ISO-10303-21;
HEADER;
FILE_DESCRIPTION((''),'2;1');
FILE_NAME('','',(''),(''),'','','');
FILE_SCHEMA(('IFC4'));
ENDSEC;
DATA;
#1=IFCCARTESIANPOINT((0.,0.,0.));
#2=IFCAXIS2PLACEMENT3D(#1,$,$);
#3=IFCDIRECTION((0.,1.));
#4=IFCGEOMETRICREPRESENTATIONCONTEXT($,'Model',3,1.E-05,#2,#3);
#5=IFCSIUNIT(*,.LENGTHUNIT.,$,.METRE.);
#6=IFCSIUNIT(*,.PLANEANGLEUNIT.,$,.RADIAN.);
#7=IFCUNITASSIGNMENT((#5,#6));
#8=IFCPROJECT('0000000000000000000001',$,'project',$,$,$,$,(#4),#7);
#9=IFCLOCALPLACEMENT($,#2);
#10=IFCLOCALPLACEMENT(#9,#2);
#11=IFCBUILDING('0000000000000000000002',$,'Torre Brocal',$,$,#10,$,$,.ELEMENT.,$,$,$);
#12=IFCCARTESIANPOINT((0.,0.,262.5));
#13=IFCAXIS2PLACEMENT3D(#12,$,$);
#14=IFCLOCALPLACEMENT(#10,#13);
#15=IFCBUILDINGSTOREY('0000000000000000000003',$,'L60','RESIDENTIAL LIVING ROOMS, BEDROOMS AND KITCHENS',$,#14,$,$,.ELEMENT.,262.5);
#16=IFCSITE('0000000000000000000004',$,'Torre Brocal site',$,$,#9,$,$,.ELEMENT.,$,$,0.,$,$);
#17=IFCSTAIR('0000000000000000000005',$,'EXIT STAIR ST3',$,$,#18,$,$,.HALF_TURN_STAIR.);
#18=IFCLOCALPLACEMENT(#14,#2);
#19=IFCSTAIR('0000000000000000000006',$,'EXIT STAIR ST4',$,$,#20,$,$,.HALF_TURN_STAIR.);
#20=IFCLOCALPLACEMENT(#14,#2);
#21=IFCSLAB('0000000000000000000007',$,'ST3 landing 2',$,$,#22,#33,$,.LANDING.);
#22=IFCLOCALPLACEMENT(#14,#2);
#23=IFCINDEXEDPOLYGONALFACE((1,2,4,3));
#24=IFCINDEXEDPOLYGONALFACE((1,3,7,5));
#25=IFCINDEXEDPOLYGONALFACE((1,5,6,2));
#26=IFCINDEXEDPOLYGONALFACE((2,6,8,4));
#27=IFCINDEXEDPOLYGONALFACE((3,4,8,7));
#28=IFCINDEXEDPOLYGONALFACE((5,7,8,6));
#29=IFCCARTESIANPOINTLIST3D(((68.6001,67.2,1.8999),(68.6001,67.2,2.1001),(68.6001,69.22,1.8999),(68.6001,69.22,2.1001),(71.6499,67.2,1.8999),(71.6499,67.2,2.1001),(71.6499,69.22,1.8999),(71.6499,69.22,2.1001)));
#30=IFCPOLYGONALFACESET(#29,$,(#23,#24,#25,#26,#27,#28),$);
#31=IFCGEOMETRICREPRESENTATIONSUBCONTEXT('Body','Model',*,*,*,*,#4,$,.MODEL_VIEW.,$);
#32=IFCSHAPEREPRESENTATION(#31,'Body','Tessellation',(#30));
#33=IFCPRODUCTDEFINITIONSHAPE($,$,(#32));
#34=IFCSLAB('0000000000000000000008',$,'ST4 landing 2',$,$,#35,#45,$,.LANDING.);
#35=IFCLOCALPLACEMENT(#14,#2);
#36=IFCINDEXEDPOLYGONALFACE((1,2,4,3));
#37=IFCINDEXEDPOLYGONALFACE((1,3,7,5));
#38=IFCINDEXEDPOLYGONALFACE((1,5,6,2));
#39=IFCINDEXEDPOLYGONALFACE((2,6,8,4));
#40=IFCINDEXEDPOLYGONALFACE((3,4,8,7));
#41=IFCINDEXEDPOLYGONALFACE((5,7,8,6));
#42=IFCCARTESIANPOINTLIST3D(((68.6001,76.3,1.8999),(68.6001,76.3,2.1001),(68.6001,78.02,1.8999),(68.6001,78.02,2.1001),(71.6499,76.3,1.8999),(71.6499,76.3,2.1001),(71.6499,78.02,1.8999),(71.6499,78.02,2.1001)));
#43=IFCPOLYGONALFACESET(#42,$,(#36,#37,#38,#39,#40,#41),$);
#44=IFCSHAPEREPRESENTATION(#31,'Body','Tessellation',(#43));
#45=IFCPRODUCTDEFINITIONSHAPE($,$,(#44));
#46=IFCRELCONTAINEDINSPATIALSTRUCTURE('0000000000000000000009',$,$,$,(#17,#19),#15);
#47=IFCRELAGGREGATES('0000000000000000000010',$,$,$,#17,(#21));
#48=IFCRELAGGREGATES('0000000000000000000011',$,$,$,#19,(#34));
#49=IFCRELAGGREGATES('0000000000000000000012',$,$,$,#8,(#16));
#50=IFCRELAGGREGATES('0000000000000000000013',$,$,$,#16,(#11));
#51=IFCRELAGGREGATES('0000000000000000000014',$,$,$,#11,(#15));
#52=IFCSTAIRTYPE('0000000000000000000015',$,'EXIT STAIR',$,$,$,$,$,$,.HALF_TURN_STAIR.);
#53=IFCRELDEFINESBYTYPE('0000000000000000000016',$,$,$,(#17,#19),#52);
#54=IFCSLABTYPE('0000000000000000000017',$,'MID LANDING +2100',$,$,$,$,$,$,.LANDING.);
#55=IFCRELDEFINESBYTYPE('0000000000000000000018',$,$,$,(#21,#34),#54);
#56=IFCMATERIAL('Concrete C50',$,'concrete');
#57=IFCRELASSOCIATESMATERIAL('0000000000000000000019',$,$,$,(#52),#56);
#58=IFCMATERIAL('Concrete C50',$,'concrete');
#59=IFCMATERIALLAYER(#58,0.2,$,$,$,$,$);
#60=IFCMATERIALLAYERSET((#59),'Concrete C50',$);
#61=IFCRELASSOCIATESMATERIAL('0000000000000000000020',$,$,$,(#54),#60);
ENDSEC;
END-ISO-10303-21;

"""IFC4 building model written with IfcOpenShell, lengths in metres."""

from ifc_helpers import new_model, si_unit, direction, frame, origin, place, context, subcontext, project, spatial, polyline, outline, extrude, material, layer, layer_set, type_object, element, aggregate, save


model = new_model("IFC4")

# Units and contexts
model_context = context("Model", 3, precision=1e-05, world=origin(), true_north=direction((0.0, 1.0)))
body_context = subcontext(model_context, "Body", "Model", "MODEL_VIEW")
ifc_project = project(units=[si_unit("LENGTHUNIT", "METRE"), si_unit("PLANEANGLEUNIT", "RADIAN")], contexts=[model_context])

# Site, building, storey
site_placement = place(None, origin())
site = spatial("IfcSite", under=ifc_project, at=site_placement, Name="Torre Brocal site", CompositionType="ELEMENT", RefElevation=0.0)
building_placement = place(site_placement, origin())
building = spatial("IfcBuilding", under=site, at=building_placement, Name="Torre Brocal", CompositionType="ELEMENT")
storey_placement = place(building_placement, frame((0.0, 0.0, 262.5)))
storey = spatial("IfcBuildingStorey", under=building, at=storey_placement, Name="L60", Description="RESIDENTIAL LIVING ROOMS, BEDROOMS AND KITCHENS", CompositionType="ELEMENT", Elevation=262.5)

# Stairs
ifc_material_1 = material(Name="Concrete C50", Category="concrete")
stair_type = type_object("IfcStairType", Name="EXIT STAIR", PredefinedType="HALF_TURN_STAIR", material=ifc_material_1)
stair_1_placement = place(storey_placement, origin())
stair_1 = element("IfcStair", 1, at=stair_1_placement, inside=storey, type_object=stair_type, Name="EXIT STAIR ST3", PredefinedType="HALF_TURN_STAIR")
stair_2_placement = place(storey_placement, origin())
stair_2 = element("IfcStair", 2, at=stair_2_placement, inside=storey, type_object=stair_type, Name="EXIT STAIR ST4", PredefinedType="HALF_TURN_STAIR")

# Slabs
ifc_material_2 = material(Name="Concrete C50", Category="concrete")
ifc_layer_1 = layer(ifc_material_2, 0.2)
ifc_layer_set_1 = layer_set([ifc_layer_1], Name="Concrete C50")
slab_type_1 = type_object("IfcSlabType", Name="MID LANDING +2100", PredefinedType="LANDING", material=ifc_layer_set_1)
slab_1_placement = place(storey_placement, frame((0.0, 0.0, 1.8999)))
slab_1 = element("IfcSlab", 3, at=slab_1_placement, type_object=slab_type_1, Name="ST3 landing 2", PredefinedType="LANDING", context=body_context, shape_type="SweptSolid", body=[
    extrude(outline(polyline([(71.6499, 69.22), (68.6001, 69.22), (68.6001, 67.2), (71.6499, 67.2), (71.6499, 69.22)])), origin(), (0.0, 0.0, 1.0), 0.2002),
])
aggregate(stair_1, [slab_1])
slab_2_placement = place(storey_placement, frame((0.0, 0.0, 1.8999)))
slab_2 = element("IfcSlab", 4, at=slab_2_placement, type_object=slab_type_1, Name="ST4 landing 2", PredefinedType="LANDING", context=body_context, shape_type="SweptSolid", body=[
    extrude(outline(polyline([(71.6499, 78.02), (68.6001, 78.02), (68.6001, 76.3), (71.6499, 76.3), (71.6499, 78.02)])), origin(), (0.0, 0.0, 1.0), 0.2002),
])
aggregate(stair_2, [slab_2])

save(model, "model.ifc")
